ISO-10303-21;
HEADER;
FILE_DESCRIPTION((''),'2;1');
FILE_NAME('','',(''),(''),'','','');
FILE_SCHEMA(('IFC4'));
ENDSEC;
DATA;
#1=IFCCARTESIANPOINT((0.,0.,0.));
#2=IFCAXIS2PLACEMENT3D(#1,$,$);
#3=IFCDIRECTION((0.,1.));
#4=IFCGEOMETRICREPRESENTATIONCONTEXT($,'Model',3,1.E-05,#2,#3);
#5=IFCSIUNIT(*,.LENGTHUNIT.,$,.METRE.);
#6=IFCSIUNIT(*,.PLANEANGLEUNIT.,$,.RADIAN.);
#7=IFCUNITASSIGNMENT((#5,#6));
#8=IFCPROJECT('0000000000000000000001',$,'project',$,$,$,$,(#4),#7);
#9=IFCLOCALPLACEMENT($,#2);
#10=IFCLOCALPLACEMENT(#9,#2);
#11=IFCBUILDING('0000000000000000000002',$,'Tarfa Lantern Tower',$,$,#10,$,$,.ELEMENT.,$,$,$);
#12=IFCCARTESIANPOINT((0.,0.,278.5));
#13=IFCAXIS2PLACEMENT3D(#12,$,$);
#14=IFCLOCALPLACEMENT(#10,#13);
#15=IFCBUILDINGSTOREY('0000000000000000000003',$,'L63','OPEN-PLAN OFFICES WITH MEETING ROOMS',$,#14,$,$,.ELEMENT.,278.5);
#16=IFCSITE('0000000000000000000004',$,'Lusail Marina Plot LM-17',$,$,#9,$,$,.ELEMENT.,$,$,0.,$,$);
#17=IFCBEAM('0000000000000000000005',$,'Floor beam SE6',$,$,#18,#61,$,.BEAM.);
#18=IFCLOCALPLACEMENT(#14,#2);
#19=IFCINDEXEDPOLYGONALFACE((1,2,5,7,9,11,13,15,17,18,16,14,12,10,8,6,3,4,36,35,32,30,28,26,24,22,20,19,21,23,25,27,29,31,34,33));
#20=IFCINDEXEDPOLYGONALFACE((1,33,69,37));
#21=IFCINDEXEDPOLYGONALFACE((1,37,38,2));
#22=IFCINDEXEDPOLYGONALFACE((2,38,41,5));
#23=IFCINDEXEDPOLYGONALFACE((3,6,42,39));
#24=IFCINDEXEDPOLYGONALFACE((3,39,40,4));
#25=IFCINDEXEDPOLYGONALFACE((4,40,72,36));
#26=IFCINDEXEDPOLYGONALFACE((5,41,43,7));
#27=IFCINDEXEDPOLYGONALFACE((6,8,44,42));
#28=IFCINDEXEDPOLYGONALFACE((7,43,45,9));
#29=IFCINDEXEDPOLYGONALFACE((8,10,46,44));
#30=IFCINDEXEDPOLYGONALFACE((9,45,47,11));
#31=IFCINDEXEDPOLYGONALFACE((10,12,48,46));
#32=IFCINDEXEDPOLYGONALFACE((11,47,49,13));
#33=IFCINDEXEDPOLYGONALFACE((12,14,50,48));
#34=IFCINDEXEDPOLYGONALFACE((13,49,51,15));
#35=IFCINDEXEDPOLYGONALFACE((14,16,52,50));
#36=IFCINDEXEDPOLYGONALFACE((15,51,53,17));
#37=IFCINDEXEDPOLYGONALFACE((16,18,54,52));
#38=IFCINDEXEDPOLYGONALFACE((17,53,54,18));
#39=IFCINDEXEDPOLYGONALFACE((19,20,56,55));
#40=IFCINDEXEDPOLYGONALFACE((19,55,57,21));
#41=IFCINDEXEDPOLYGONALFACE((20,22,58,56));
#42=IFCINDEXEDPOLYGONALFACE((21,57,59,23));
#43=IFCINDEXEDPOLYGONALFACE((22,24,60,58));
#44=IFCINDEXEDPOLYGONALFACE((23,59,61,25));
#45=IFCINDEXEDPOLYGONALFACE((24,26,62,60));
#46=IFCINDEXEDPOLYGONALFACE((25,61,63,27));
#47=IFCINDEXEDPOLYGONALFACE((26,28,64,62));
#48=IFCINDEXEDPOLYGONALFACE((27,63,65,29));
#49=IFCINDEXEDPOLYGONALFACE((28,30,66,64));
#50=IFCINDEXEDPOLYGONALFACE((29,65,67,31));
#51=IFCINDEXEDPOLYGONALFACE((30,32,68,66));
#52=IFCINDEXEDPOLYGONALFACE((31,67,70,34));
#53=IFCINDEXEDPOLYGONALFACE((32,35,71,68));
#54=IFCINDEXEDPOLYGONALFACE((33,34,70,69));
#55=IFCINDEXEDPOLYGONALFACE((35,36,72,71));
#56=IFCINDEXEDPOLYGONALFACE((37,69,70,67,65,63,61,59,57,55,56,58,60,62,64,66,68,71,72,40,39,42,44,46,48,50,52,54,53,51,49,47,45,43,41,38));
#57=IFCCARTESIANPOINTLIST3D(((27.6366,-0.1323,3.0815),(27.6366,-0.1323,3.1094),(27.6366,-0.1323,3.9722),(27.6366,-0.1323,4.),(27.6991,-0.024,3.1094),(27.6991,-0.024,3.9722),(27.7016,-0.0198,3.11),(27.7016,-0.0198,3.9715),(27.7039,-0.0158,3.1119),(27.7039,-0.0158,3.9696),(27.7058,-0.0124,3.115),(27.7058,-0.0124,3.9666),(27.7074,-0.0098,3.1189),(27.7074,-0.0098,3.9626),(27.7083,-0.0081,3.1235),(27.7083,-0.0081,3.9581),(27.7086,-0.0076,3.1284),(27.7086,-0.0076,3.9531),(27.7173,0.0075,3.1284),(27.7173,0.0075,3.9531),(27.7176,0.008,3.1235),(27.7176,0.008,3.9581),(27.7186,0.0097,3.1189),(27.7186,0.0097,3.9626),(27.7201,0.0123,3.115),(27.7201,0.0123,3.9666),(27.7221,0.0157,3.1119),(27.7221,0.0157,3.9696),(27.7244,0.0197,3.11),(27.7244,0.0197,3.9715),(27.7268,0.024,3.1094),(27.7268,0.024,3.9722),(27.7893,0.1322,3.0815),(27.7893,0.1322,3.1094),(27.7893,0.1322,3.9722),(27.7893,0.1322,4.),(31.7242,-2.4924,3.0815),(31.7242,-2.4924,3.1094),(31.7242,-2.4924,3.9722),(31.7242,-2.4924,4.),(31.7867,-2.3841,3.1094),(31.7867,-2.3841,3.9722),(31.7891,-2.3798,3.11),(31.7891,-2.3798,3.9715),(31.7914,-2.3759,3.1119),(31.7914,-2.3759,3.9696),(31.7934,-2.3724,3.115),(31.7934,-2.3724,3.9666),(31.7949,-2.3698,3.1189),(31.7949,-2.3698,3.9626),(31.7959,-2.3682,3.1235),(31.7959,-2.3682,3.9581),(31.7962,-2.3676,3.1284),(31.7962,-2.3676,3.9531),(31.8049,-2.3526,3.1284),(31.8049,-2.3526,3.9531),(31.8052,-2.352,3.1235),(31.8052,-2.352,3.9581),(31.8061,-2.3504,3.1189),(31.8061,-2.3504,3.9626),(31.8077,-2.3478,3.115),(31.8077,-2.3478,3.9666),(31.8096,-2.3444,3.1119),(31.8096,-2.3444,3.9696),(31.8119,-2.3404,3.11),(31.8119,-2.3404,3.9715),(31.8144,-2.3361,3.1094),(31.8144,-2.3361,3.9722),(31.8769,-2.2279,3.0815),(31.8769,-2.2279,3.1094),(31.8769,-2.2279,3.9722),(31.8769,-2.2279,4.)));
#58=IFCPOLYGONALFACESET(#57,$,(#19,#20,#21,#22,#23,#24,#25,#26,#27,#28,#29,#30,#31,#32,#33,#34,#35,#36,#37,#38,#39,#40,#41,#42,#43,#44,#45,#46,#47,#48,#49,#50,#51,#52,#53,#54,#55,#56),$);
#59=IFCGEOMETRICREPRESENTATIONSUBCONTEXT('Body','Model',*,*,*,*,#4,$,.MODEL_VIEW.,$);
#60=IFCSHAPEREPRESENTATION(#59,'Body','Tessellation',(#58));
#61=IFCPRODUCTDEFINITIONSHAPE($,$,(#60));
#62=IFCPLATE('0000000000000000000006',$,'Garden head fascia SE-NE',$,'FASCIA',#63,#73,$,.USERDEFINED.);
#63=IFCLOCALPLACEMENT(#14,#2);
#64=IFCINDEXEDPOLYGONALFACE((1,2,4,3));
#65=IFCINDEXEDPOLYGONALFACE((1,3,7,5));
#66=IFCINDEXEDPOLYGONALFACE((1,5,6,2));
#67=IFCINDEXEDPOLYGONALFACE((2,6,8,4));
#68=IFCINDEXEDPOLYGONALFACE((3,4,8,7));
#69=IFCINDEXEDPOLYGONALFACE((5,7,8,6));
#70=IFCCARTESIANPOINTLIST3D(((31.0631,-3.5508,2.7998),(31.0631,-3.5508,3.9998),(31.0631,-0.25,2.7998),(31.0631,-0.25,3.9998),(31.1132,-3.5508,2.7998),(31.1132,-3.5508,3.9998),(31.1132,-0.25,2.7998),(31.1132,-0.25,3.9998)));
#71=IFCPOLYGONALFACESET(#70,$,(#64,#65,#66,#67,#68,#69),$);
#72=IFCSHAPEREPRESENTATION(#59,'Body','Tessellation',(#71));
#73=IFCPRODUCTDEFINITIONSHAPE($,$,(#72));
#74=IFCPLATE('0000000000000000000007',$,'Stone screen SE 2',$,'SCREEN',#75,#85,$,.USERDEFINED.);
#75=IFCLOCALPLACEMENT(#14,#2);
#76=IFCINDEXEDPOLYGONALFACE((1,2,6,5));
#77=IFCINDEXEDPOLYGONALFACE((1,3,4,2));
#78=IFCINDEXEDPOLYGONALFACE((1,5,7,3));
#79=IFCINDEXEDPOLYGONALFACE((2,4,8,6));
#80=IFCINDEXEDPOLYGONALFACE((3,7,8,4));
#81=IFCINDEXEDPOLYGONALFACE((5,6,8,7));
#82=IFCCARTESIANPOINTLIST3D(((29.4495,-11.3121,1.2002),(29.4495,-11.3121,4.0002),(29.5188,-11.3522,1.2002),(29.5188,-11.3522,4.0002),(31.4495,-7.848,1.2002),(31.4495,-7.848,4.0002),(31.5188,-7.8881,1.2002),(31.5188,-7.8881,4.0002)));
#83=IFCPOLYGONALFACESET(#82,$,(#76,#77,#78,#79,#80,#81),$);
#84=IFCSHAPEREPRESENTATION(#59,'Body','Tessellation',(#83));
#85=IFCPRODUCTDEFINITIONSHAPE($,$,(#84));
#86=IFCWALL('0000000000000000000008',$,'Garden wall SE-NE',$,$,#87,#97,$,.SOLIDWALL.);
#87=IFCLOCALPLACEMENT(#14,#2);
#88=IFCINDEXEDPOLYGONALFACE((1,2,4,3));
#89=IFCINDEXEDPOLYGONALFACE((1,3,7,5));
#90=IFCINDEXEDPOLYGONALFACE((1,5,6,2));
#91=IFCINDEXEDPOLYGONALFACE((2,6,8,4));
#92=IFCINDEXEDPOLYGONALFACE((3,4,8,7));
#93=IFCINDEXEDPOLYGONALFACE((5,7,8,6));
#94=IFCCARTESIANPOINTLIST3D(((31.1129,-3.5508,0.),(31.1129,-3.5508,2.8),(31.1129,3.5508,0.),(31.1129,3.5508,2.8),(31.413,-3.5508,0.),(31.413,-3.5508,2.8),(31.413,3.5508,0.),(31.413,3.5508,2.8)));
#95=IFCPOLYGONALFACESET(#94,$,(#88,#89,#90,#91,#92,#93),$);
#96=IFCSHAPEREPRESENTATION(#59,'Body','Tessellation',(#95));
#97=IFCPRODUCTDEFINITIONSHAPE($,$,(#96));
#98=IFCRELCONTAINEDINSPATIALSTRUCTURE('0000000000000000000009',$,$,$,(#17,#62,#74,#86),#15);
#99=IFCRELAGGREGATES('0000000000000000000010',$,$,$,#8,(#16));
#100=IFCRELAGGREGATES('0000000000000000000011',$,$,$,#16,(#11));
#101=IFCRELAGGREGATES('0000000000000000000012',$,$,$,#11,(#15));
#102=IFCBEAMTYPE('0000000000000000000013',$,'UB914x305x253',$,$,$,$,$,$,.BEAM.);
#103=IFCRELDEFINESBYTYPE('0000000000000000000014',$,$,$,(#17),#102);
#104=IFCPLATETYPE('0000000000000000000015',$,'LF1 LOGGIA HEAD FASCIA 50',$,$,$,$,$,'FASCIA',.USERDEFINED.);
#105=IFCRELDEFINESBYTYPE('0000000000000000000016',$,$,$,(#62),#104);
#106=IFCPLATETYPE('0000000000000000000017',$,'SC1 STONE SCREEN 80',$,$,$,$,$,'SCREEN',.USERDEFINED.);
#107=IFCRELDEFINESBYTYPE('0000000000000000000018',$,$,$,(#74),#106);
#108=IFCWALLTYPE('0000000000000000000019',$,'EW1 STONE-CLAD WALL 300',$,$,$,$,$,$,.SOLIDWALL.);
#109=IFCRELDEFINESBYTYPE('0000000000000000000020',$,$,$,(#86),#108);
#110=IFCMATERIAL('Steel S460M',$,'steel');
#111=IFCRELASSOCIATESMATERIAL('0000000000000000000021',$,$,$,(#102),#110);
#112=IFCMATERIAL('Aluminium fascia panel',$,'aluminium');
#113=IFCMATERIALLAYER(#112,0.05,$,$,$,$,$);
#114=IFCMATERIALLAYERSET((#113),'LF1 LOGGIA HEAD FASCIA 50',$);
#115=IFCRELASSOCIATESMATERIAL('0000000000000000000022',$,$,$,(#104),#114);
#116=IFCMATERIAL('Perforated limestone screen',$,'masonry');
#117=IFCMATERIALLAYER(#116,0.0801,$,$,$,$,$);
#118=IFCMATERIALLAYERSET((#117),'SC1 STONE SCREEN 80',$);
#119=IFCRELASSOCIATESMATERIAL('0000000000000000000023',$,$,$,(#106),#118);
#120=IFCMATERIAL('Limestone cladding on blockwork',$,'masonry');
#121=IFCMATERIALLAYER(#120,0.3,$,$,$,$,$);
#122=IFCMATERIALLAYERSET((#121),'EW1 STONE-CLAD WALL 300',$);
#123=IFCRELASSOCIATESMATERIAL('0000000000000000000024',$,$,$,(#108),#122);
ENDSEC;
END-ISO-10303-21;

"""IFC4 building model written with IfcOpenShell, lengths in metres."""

from ifc_helpers import new_model, si_unit, direction, frame, frame_2d, origin, origin_2d, place, context, subcontext, project, spatial, rectangle, i_section, extrude, material, layer, layer_set, material_profile, profile_set, type_object, element, save


model = new_model("IFC4")

# Units and contexts
model_context = context("Model", 3, precision=1e-05, world=origin(), true_north=direction((0.0, 1.0)))
body_context = subcontext(model_context, "Body", "Model", "MODEL_VIEW")
ifc_project = project(units=[si_unit("LENGTHUNIT", "METRE"), si_unit("PLANEANGLEUNIT", "RADIAN")], contexts=[model_context])

# Site, building, storey
site_placement = place(None, origin())
site = spatial("IfcSite", under=ifc_project, at=site_placement, Name="Lusail Marina Plot LM-17", CompositionType="ELEMENT", RefElevation=0.0)
building_placement = place(site_placement, origin())
building = spatial("IfcBuilding", under=site, at=building_placement, Name="Tarfa Lantern Tower", CompositionType="ELEMENT")
storey_placement = place(building_placement, frame((0.0, 0.0, 278.5)))
storey = spatial("IfcBuildingStorey", under=building, at=storey_placement, Name="L63", Description="OPEN-PLAN OFFICES WITH MEETING ROOMS", CompositionType="ELEMENT", Elevation=278.5)

# Beam
ifc_material_1 = material(Name="Steel S460M", Category="steel")
ifc_material_profile_1 = material_profile(ifc_material_1, i_section(OverallWidth=0.3054, OverallDepth=0.9185, WebThickness=0.0173, FlangeThickness=0.0278, FilletRadius=0.019, at=origin_2d()), Name="UB914x305x253")
ifc_profile_set_1 = profile_set([ifc_material_profile_1], Name="Steel S460M")
beam_type_1 = type_object("IfcBeamType", Name="UB914x305x253", PredefinedType="BEAM", material=ifc_profile_set_1)
beam_1_placement = place(storey_placement, frame((31.8005, -2.3601, 3.5408), z_axis=(-0.866016, 0.500016, 0.0), x_axis=(-0.500016, -0.866016, 0.0)))
element("IfcBeam", 1, at=beam_1_placement, inside=storey, type_object=beam_type_1, Name="Floor beam SE6", PredefinedType="BEAM", context=body_context, shape_type="SweptSolid", body=[
    extrude(i_section(OverallWidth=0.3054, OverallDepth=0.9185, WebThickness=0.0173, FlangeThickness=0.0278, FilletRadius=0.019, at=origin_2d()), origin(), (0.0, 0.0, 1.0), 4.72),
])

# Plates
ifc_material_2 = material(Name="Aluminium fascia panel", Category="aluminium")
ifc_layer_1 = layer(ifc_material_2, 0.05)
ifc_layer_set_1 = layer_set([ifc_layer_1], Name="LF1 LOGGIA HEAD FASCIA 50")
plate_type_1 = type_object("IfcPlateType", Name="LF1 LOGGIA HEAD FASCIA 50", ElementType="FASCIA", PredefinedType="USERDEFINED", material=ifc_layer_set_1)
plate_1_placement = place(storey_placement, frame((31.0881, -1.9004, 2.7998), z_axis=(0.0, 0.0, 1.0), x_axis=(0.0, 1.0, 0.0)))
element("IfcPlate", 2, at=plate_1_placement, inside=storey, type_object=plate_type_1, Name="Garden head fascia SE-NE", ObjectType="FASCIA", PredefinedType="USERDEFINED", context=body_context, shape_type="SweptSolid", body=[
    extrude(rectangle(XDim=3.3008, YDim=0.05, at=origin_2d()), origin(), (0.0, 0.0, 1.0), 1.2),
])
ifc_material_3 = material(Name="Perforated limestone screen", Category="masonry")
ifc_layer_2 = layer(ifc_material_3, 0.0801)
ifc_layer_set_2 = layer_set([ifc_layer_2], Name="SC1 STONE SCREEN 80")
plate_type_2 = type_object("IfcPlateType", Name="SC1 STONE SCREEN 80", ElementType="SCREEN", PredefinedType="USERDEFINED", material=ifc_layer_set_2)
plate_2_placement = place(storey_placement, frame((30.4841, -9.6001, 1.2002), z_axis=(0.0, 0.0, 1.0), x_axis=(0.5, 0.866025, 0.0)))
element("IfcPlate", 3, at=plate_2_placement, inside=storey, type_object=plate_type_2, Name="Stone screen SE 2", ObjectType="SCREEN", PredefinedType="USERDEFINED", context=body_context, shape_type="SweptSolid", body=[
    extrude(rectangle(XDim=4.0, YDim=0.0801, at=origin_2d()), origin(), (0.0, 0.0, 1.0), 2.8),
])

# Wall
ifc_material_4 = material(Name="Limestone cladding on blockwork", Category="masonry")
ifc_layer_3 = layer(ifc_material_4, 0.3)
ifc_layer_set_3 = layer_set([ifc_layer_3], Name="EW1 STONE-CLAD WALL 300")
wall_type = type_object("IfcWallType", Name="EW1 STONE-CLAD WALL 300", PredefinedType="SOLIDWALL", material=ifc_layer_set_3)
wall_placement = place(storey_placement, frame((31.2629, -3.5508, 0.0), z_axis=(0.0, 0.0, 1.0), x_axis=(0.0, 1.0, 0.0)))
element("IfcWall", 4, at=wall_placement, inside=storey, type_object=wall_type, Name="Garden wall SE-NE", PredefinedType="SOLIDWALL", context=body_context, shape_type="SweptSolid", body=[
    extrude(rectangle(XDim=7.1016, YDim=0.3, at=frame_2d((3.5508, 0.0))), origin(), (0.0, 0.0, 1.0), 2.8),
])

save(model, "model.ifc")
